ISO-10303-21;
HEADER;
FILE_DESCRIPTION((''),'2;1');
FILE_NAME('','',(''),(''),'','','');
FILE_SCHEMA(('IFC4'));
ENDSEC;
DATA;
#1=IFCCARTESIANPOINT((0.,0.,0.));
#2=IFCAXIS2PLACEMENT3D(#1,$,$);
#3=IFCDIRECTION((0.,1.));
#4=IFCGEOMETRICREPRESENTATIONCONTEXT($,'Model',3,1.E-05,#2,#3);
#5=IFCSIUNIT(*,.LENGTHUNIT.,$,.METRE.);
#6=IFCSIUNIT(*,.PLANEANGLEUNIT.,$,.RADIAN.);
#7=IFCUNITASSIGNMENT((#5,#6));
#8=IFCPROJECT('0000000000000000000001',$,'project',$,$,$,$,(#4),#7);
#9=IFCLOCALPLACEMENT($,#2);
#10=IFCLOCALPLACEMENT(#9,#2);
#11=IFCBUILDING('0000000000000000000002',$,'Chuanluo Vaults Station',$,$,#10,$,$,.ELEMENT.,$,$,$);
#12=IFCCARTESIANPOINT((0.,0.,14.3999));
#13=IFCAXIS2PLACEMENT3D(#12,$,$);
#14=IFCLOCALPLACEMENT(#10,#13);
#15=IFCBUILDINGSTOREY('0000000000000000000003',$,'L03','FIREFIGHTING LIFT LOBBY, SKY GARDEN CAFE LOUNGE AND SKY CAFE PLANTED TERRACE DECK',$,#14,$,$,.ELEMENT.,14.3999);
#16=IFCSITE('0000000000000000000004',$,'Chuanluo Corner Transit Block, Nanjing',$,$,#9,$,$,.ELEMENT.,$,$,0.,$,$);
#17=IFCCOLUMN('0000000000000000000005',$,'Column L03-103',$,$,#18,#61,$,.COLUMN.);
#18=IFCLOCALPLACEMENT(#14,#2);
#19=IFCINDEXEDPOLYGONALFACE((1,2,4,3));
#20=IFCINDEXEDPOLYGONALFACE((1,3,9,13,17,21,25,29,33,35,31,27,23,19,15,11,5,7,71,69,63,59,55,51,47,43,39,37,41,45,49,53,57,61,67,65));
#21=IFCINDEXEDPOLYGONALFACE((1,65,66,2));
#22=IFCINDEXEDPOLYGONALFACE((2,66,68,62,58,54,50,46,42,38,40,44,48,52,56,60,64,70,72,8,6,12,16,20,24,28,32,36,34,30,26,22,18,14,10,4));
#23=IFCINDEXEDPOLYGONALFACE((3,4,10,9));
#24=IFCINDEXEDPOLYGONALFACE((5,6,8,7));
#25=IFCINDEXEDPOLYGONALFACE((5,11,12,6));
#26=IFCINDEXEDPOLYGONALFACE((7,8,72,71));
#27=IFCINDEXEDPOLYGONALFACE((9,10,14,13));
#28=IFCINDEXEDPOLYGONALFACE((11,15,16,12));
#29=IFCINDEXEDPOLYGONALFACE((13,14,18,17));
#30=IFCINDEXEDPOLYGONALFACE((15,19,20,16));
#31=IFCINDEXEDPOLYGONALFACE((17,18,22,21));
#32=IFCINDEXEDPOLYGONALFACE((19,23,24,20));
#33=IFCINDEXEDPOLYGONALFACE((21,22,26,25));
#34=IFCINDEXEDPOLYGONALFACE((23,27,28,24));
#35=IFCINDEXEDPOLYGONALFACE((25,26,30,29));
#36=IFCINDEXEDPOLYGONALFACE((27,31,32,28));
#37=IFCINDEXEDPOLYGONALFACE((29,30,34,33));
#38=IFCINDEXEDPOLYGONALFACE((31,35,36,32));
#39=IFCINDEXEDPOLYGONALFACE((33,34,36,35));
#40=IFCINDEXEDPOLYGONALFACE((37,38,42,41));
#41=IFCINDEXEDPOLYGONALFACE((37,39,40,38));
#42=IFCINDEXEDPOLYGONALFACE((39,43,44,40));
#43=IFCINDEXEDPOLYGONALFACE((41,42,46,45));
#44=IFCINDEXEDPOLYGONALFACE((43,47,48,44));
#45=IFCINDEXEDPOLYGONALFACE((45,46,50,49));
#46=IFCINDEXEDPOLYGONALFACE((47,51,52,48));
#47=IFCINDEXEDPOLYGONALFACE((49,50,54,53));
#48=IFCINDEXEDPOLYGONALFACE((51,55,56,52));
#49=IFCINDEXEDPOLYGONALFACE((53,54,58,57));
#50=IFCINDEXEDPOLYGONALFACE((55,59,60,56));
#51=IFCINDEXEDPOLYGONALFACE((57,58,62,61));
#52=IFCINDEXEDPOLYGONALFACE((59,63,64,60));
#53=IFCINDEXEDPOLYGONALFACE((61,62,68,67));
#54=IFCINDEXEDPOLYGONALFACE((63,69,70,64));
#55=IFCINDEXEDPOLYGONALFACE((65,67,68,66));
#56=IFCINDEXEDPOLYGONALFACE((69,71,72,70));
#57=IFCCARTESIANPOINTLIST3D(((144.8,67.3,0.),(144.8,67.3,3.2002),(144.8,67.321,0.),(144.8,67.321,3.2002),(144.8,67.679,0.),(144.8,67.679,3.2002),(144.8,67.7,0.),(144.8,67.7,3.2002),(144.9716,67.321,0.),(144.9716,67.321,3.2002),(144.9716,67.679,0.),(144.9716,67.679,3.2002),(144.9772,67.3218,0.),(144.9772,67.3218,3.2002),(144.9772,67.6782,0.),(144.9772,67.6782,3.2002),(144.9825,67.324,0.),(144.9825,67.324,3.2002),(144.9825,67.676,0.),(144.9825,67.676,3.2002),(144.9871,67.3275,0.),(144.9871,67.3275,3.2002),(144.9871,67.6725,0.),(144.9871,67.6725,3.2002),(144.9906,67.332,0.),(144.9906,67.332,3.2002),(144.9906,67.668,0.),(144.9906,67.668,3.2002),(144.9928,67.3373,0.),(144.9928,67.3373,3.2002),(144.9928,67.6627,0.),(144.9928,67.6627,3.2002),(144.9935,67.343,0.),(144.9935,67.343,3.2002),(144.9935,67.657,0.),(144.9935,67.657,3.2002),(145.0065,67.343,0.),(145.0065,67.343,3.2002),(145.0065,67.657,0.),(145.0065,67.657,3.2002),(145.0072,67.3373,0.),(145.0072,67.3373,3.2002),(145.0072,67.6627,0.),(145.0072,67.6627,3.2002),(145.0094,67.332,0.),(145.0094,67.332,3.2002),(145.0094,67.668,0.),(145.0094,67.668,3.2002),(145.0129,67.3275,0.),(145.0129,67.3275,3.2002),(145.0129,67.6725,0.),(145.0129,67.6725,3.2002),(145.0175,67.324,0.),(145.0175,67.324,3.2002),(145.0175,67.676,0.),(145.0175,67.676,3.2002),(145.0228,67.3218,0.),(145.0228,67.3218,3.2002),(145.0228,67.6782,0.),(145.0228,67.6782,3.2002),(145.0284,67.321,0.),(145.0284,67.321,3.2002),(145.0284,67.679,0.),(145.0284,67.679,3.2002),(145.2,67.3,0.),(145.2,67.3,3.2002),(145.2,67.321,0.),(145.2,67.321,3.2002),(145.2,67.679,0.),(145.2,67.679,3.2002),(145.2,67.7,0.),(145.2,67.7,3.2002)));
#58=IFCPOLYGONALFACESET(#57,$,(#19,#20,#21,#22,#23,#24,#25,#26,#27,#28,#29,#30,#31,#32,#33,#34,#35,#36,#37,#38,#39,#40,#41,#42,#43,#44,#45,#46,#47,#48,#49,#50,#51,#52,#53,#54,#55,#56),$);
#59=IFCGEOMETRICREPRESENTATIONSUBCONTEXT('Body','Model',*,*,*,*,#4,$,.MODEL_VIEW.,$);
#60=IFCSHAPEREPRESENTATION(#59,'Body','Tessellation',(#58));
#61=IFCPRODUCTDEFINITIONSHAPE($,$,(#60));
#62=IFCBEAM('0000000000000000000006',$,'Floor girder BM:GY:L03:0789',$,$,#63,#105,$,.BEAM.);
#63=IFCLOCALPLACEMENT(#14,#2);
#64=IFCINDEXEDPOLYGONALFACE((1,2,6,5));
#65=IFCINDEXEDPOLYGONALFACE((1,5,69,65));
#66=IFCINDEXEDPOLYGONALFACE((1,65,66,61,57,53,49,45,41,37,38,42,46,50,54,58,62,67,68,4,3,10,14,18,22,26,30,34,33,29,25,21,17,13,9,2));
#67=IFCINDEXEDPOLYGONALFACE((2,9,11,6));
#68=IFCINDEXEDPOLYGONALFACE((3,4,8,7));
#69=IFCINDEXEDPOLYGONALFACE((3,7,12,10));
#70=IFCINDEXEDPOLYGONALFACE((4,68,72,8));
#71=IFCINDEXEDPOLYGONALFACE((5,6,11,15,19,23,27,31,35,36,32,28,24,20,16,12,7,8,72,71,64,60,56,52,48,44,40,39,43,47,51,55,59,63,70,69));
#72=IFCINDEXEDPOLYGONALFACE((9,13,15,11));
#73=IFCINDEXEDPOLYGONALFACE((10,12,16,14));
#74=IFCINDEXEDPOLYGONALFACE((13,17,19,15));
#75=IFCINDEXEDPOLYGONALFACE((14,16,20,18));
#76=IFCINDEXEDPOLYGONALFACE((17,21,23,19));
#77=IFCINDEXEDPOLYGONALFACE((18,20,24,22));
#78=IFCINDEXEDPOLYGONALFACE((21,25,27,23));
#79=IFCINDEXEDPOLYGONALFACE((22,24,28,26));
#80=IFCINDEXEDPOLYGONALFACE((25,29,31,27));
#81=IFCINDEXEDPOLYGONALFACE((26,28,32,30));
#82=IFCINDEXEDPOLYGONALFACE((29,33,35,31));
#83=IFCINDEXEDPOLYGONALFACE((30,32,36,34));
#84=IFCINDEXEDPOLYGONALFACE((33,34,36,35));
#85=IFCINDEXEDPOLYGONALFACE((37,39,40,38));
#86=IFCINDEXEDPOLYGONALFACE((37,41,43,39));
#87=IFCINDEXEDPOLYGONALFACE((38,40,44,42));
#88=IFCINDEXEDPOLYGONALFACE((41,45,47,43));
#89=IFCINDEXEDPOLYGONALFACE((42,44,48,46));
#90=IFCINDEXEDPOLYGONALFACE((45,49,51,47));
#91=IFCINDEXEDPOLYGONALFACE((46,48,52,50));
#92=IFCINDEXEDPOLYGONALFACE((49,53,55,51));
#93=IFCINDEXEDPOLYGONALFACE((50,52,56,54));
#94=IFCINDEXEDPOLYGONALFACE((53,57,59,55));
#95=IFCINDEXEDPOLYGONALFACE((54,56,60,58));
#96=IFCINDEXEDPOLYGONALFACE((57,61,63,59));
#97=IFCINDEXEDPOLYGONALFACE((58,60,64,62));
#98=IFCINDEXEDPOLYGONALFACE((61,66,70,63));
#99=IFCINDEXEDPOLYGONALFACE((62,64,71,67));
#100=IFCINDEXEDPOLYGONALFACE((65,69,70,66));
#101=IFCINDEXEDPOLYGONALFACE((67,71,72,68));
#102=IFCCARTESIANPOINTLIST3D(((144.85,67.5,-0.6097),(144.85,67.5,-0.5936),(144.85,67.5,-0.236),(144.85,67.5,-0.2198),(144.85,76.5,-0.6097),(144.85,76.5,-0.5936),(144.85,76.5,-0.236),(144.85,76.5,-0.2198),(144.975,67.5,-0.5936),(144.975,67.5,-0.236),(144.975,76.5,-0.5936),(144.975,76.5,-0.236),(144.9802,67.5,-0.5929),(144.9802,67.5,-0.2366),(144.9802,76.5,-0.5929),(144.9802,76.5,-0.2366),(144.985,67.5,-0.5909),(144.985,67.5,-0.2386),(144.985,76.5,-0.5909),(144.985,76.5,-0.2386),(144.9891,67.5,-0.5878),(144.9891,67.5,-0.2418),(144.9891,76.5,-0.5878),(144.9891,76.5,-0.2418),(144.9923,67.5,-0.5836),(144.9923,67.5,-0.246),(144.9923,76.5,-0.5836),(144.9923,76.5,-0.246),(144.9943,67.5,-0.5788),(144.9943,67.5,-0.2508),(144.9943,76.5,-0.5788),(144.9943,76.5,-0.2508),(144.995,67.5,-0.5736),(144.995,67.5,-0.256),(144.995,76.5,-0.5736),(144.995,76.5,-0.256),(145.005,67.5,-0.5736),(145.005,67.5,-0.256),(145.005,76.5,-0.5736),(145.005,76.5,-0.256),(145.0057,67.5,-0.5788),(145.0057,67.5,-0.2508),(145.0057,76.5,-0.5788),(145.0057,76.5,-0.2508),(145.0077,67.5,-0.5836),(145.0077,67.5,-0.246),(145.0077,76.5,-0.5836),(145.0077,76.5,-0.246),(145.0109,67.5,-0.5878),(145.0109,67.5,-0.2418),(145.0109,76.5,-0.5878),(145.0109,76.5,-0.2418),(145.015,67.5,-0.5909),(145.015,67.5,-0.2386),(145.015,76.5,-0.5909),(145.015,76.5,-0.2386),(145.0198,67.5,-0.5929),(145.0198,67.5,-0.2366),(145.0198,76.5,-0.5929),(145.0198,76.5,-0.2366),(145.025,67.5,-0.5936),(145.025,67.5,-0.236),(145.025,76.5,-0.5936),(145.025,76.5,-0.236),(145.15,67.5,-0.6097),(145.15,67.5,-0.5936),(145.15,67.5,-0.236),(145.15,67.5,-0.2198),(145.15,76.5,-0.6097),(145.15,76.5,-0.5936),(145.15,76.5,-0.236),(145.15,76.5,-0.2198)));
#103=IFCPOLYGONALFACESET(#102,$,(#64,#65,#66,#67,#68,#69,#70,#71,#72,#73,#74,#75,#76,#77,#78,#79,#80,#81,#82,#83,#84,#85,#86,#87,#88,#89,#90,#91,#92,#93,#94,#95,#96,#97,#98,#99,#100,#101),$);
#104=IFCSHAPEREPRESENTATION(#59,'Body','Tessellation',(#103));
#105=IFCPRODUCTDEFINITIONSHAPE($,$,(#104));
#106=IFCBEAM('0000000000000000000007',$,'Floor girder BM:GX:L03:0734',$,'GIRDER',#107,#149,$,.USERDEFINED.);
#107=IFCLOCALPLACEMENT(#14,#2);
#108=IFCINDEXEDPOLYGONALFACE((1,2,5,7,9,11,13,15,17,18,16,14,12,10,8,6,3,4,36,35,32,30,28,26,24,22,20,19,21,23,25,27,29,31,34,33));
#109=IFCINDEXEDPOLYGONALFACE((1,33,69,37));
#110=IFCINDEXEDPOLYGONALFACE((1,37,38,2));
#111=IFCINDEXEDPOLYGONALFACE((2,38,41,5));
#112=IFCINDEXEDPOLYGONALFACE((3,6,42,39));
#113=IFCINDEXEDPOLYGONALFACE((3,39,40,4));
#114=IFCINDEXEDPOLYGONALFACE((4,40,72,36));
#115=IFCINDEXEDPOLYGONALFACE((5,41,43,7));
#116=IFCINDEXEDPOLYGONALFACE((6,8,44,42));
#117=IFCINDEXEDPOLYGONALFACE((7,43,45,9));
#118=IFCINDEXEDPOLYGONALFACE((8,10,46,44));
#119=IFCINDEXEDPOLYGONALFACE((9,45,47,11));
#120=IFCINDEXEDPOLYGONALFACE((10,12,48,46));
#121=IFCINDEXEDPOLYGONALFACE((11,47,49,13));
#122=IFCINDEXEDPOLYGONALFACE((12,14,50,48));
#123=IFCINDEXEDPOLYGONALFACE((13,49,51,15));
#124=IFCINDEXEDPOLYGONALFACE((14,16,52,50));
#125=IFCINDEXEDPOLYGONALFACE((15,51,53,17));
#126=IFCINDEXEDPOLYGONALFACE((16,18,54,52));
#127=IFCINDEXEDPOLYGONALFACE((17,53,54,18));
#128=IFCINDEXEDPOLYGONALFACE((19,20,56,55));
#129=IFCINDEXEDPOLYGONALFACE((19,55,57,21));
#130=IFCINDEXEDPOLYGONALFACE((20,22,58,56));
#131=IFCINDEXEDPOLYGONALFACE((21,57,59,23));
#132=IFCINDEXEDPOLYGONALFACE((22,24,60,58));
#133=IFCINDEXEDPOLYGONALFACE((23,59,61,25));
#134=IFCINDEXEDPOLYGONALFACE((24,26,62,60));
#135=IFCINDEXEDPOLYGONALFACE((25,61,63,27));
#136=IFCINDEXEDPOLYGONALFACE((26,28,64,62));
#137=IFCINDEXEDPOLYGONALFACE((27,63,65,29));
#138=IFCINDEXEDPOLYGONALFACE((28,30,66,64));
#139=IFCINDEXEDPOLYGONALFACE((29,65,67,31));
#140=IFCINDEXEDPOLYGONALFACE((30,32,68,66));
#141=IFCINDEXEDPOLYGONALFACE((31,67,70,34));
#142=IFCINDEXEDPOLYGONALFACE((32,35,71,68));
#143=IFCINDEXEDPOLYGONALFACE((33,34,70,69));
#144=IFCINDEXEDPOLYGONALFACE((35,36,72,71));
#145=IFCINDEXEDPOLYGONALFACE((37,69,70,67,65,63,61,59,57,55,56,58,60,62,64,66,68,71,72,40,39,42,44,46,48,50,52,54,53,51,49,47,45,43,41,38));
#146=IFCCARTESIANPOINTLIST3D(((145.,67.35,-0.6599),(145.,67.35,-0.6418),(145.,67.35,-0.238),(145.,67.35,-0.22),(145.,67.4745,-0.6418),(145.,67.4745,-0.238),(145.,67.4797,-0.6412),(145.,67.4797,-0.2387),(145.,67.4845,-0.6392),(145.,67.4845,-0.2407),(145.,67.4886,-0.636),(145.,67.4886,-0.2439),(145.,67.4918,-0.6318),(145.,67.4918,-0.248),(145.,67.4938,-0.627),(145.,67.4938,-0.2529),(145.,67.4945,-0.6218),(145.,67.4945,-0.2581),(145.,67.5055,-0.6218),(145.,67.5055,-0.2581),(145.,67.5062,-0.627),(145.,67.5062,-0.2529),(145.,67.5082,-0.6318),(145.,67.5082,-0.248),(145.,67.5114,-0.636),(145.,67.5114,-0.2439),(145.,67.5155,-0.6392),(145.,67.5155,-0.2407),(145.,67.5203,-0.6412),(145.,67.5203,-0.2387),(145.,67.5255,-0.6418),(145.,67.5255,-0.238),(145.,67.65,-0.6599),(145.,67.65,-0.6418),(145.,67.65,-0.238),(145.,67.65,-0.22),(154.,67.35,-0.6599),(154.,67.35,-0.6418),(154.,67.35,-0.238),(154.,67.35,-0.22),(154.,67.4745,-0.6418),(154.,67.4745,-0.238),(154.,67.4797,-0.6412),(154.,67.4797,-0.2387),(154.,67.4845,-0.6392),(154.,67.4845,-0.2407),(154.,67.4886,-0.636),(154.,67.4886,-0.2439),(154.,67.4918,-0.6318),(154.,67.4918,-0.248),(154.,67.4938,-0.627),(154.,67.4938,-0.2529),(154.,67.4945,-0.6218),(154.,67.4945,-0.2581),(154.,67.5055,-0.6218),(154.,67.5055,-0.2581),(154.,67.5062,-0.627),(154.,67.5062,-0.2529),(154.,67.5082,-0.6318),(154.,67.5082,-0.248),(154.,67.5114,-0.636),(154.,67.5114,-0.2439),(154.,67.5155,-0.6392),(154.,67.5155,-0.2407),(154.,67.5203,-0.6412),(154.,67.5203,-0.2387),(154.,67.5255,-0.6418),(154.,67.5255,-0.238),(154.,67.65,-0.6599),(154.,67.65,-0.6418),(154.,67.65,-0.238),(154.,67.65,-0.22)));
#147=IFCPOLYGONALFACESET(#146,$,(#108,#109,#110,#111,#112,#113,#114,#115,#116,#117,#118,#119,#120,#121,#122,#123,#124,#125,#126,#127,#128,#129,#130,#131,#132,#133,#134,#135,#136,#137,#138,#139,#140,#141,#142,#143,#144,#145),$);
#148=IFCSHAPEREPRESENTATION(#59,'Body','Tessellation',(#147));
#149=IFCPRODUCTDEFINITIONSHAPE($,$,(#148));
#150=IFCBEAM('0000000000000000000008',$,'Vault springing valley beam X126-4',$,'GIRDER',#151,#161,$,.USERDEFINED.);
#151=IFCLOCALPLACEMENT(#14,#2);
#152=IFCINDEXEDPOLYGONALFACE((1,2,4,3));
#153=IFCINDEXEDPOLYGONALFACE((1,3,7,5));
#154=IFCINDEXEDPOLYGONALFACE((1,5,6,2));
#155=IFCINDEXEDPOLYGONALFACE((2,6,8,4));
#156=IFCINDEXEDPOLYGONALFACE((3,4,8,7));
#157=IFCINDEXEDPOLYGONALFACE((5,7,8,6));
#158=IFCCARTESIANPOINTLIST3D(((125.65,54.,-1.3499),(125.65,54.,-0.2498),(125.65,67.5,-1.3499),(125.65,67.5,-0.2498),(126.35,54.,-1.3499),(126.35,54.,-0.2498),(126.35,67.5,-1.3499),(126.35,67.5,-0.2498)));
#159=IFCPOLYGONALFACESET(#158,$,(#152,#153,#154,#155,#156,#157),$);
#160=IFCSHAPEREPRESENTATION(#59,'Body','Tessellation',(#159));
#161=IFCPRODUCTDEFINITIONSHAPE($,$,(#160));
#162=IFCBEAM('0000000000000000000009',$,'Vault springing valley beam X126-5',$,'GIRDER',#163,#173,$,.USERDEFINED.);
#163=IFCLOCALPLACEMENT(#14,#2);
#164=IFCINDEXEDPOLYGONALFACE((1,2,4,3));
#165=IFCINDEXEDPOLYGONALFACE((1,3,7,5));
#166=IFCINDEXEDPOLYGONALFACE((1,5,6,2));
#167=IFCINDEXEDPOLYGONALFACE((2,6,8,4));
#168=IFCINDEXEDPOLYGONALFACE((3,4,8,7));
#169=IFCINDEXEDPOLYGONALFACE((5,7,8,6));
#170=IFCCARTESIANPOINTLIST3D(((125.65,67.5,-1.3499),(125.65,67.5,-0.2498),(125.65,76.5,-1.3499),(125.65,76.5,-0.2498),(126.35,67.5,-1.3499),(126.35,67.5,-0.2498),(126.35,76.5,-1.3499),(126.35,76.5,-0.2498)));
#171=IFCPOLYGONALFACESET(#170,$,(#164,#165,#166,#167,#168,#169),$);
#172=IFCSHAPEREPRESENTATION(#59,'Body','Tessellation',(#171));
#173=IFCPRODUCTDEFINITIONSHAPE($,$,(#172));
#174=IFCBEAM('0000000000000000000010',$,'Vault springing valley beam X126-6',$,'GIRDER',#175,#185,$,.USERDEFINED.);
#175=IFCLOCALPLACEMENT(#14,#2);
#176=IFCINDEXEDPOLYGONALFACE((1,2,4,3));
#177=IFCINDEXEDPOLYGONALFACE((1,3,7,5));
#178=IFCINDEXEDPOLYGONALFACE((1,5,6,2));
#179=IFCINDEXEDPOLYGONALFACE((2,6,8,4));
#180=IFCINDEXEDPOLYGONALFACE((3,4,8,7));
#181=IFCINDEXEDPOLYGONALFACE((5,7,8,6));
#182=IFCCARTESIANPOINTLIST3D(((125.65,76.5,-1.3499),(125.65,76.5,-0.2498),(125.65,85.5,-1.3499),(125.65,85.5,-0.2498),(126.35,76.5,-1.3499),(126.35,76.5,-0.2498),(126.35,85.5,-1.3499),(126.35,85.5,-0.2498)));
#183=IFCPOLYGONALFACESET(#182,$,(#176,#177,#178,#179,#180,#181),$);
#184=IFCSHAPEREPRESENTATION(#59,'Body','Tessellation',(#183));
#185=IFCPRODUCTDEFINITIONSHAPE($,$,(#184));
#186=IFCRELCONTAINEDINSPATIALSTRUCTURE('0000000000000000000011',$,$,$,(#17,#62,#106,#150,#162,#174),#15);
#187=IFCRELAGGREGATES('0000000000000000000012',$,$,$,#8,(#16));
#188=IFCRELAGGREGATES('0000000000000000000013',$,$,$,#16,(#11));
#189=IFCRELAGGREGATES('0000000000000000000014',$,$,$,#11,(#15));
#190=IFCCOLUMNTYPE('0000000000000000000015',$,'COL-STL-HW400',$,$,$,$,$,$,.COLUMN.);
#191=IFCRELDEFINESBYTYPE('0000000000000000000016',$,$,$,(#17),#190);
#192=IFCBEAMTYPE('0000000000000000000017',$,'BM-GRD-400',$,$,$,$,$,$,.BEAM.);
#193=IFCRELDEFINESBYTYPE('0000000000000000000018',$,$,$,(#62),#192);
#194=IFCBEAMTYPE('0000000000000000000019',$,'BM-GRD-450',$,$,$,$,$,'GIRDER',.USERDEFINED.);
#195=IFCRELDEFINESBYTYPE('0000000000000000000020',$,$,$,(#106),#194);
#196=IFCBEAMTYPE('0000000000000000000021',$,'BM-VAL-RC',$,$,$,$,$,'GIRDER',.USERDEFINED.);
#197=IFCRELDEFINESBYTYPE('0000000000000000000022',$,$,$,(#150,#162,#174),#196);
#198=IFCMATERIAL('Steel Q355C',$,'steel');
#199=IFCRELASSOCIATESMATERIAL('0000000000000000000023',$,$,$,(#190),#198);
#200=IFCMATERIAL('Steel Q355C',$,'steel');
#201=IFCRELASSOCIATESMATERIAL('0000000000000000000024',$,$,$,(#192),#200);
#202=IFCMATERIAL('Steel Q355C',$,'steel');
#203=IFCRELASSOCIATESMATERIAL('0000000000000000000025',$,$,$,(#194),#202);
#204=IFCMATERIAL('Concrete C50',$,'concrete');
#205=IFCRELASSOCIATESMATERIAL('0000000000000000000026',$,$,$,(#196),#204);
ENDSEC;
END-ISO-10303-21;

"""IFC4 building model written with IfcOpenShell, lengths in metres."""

from ifc_helpers import new_model, si_unit, direction, frame, origin, origin_2d, place, context, subcontext, project, spatial, rectangle, i_section, extrude, material, material_profile, profile_set, type_object, element, save


model = new_model("IFC4")

# Units and contexts
model_context = context("Model", 3, precision=1e-05, world=origin(), true_north=direction((0.0, 1.0)))
body_context = subcontext(model_context, "Body", "Model", "MODEL_VIEW")
ifc_project = project(units=[si_unit("LENGTHUNIT", "METRE"), si_unit("PLANEANGLEUNIT", "RADIAN")], contexts=[model_context])

# Site, building, storey
site_placement = place(None, origin())
site = spatial("IfcSite", under=ifc_project, at=site_placement, Name="Chuanluo Corner Transit Block, Nanjing", CompositionType="ELEMENT", RefElevation=0.0)
building_placement = place(site_placement, origin())
building = spatial("IfcBuilding", under=site, at=building_placement, Name="Chuanluo Vaults Station", CompositionType="ELEMENT")
storey_placement = place(building_placement, frame((0.0, 0.0, 14.3999)))
storey = spatial("IfcBuildingStorey", under=building, at=storey_placement, Name="L03", Description="FIREFIGHTING LIFT LOBBY, SKY GARDEN CAFE LOUNGE AND SKY CAFE PLANTED TERRACE DECK", CompositionType="ELEMENT", Elevation=14.3999)

# Column
ifc_material_1 = material(Name="Steel Q355C", Category="steel")
ifc_material_profile_1 = material_profile(ifc_material_1, i_section(OverallWidth=0.3999, OverallDepth=0.3999, WebThickness=0.0129, FlangeThickness=0.021, FilletRadius=0.022, at=origin_2d()))
ifc_profile_set_1 = profile_set([ifc_material_profile_1], Name="Steel Q355C")
column_type = type_object("IfcColumnType", Name="COL-STL-HW400", PredefinedType="COLUMN", material=ifc_profile_set_1)
column_placement = place(storey_placement, frame((145.0, 67.5, 0.0), z_axis=(0.0, 0.0, 1.0), x_axis=(1.0, 0.0, 0.0)))
element("IfcColumn", 1, at=column_placement, inside=storey, type_object=column_type, Name="Column L03-103", PredefinedType="COLUMN", context=body_context, shape_type="SweptSolid", body=[
    extrude(i_section(OverallWidth=0.3999, OverallDepth=0.3999, WebThickness=0.0129, FlangeThickness=0.021, FilletRadius=0.022, at=origin_2d()), origin(), (0.0, 0.0, 1.0), 3.2002),
])

# Beams
ifc_material_2 = material(Name="Steel Q355C", Category="steel")
ifc_material_profile_2 = material_profile(ifc_material_2, i_section(OverallWidth=0.3, OverallDepth=0.3899, WebThickness=0.01, FlangeThickness=0.0161, FilletRadius=0.02, at=origin_2d()))
ifc_profile_set_2 = profile_set([ifc_material_profile_2], Name="Steel Q355C")
beam_type_1 = type_object("IfcBeamType", Name="BM-GRD-400", PredefinedType="BEAM", material=ifc_profile_set_2)
beam_1_placement = place(storey_placement, frame((145.0, 67.5, -0.4148), z_axis=(0.0, 1.0, 0.0), x_axis=(-1.0, 0.0, 0.0)))
element("IfcBeam", 2, at=beam_1_placement, inside=storey, type_object=beam_type_1, Name="Floor girder BM:GY:L03:0789", PredefinedType="BEAM", context=body_context, shape_type="SweptSolid", body=[
    extrude(i_section(OverallWidth=0.3, OverallDepth=0.3899, WebThickness=0.01, FlangeThickness=0.0161, FilletRadius=0.02, at=origin_2d()), origin(), (0.0, 0.0, 1.0), 9.0),
])
ifc_material_3 = material(Name="Steel Q355C", Category="steel")
ifc_material_profile_3 = material_profile(ifc_material_3, i_section(OverallWidth=0.3, OverallDepth=0.4399, WebThickness=0.011, FlangeThickness=0.0181, FilletRadius=0.02, at=origin_2d()))
ifc_profile_set_3 = profile_set([ifc_material_profile_3], Name="Steel Q355C")
beam_type_2 = type_object("IfcBeamType", Name="BM-GRD-450", ElementType="GIRDER", PredefinedType="USERDEFINED", material=ifc_profile_set_3)
beam_2_placement = place(storey_placement, frame((145.0, 67.5, -0.4399), z_axis=(1.0, 0.0, 0.0), x_axis=(0.0, 1.0, 0.0)))
element("IfcBeam", 3, at=beam_2_placement, inside=storey, type_object=beam_type_2, Name="Floor girder BM:GX:L03:0734", ObjectType="GIRDER", PredefinedType="USERDEFINED", context=body_context, shape_type="SweptSolid", body=[
    extrude(i_section(OverallWidth=0.3, OverallDepth=0.4399, WebThickness=0.011, FlangeThickness=0.0181, FilletRadius=0.02, at=origin_2d()), origin(), (0.0, 0.0, 1.0), 9.0),
])
ifc_material_4 = material(Name="Concrete C50", Category="concrete")
ifc_material_profile_4 = material_profile(ifc_material_4, rectangle(XDim=0.7, YDim=1.1001, at=origin_2d()))
ifc_profile_set_4 = profile_set([ifc_material_profile_4], Name="Concrete C50")
beam_type_3 = type_object("IfcBeamType", Name="BM-VAL-RC", ElementType="GIRDER", PredefinedType="USERDEFINED", material=ifc_profile_set_4)
beam_3_placement = place(storey_placement, frame((126.0, 54.0, -0.7998), z_axis=(0.0, 1.0, 0.0), x_axis=(-1.0, 0.0, 0.0)))
element("IfcBeam", 4, at=beam_3_placement, inside=storey, type_object=beam_type_3, Name="Vault springing valley beam X126-4", ObjectType="GIRDER", PredefinedType="USERDEFINED", context=body_context, shape_type="SweptSolid", body=[
    extrude(rectangle(XDim=0.7, YDim=1.1001, at=origin_2d()), origin(), (0.0, 0.0, 1.0), 13.5),
])
for number, where, z_axis, x_axis, name in (
    (5, (126.0, 67.5, -0.7998), (0.0, 1.0, 0.0), (-1.0, 0.0, 0.0), "Vault springing valley beam X126-5"),
    (6, (126.0, 76.5, -0.7998), (0.0, 1.0, 0.0), (-1.0, 0.0, 0.0), "Vault springing valley beam X126-6"),
):
    element("IfcBeam", number, at=place(storey_placement, frame(where, z_axis=z_axis, x_axis=x_axis)), inside=storey, type_object=beam_type_3, Name=name, ObjectType="GIRDER", PredefinedType="USERDEFINED", context=body_context, shape_type="SweptSolid", body=[
        extrude(rectangle(XDim=0.7, YDim=1.1001, at=origin_2d()), origin(), (0.0, 0.0, 1.0), 9.0),
    ])

save(model, "model.ifc")
